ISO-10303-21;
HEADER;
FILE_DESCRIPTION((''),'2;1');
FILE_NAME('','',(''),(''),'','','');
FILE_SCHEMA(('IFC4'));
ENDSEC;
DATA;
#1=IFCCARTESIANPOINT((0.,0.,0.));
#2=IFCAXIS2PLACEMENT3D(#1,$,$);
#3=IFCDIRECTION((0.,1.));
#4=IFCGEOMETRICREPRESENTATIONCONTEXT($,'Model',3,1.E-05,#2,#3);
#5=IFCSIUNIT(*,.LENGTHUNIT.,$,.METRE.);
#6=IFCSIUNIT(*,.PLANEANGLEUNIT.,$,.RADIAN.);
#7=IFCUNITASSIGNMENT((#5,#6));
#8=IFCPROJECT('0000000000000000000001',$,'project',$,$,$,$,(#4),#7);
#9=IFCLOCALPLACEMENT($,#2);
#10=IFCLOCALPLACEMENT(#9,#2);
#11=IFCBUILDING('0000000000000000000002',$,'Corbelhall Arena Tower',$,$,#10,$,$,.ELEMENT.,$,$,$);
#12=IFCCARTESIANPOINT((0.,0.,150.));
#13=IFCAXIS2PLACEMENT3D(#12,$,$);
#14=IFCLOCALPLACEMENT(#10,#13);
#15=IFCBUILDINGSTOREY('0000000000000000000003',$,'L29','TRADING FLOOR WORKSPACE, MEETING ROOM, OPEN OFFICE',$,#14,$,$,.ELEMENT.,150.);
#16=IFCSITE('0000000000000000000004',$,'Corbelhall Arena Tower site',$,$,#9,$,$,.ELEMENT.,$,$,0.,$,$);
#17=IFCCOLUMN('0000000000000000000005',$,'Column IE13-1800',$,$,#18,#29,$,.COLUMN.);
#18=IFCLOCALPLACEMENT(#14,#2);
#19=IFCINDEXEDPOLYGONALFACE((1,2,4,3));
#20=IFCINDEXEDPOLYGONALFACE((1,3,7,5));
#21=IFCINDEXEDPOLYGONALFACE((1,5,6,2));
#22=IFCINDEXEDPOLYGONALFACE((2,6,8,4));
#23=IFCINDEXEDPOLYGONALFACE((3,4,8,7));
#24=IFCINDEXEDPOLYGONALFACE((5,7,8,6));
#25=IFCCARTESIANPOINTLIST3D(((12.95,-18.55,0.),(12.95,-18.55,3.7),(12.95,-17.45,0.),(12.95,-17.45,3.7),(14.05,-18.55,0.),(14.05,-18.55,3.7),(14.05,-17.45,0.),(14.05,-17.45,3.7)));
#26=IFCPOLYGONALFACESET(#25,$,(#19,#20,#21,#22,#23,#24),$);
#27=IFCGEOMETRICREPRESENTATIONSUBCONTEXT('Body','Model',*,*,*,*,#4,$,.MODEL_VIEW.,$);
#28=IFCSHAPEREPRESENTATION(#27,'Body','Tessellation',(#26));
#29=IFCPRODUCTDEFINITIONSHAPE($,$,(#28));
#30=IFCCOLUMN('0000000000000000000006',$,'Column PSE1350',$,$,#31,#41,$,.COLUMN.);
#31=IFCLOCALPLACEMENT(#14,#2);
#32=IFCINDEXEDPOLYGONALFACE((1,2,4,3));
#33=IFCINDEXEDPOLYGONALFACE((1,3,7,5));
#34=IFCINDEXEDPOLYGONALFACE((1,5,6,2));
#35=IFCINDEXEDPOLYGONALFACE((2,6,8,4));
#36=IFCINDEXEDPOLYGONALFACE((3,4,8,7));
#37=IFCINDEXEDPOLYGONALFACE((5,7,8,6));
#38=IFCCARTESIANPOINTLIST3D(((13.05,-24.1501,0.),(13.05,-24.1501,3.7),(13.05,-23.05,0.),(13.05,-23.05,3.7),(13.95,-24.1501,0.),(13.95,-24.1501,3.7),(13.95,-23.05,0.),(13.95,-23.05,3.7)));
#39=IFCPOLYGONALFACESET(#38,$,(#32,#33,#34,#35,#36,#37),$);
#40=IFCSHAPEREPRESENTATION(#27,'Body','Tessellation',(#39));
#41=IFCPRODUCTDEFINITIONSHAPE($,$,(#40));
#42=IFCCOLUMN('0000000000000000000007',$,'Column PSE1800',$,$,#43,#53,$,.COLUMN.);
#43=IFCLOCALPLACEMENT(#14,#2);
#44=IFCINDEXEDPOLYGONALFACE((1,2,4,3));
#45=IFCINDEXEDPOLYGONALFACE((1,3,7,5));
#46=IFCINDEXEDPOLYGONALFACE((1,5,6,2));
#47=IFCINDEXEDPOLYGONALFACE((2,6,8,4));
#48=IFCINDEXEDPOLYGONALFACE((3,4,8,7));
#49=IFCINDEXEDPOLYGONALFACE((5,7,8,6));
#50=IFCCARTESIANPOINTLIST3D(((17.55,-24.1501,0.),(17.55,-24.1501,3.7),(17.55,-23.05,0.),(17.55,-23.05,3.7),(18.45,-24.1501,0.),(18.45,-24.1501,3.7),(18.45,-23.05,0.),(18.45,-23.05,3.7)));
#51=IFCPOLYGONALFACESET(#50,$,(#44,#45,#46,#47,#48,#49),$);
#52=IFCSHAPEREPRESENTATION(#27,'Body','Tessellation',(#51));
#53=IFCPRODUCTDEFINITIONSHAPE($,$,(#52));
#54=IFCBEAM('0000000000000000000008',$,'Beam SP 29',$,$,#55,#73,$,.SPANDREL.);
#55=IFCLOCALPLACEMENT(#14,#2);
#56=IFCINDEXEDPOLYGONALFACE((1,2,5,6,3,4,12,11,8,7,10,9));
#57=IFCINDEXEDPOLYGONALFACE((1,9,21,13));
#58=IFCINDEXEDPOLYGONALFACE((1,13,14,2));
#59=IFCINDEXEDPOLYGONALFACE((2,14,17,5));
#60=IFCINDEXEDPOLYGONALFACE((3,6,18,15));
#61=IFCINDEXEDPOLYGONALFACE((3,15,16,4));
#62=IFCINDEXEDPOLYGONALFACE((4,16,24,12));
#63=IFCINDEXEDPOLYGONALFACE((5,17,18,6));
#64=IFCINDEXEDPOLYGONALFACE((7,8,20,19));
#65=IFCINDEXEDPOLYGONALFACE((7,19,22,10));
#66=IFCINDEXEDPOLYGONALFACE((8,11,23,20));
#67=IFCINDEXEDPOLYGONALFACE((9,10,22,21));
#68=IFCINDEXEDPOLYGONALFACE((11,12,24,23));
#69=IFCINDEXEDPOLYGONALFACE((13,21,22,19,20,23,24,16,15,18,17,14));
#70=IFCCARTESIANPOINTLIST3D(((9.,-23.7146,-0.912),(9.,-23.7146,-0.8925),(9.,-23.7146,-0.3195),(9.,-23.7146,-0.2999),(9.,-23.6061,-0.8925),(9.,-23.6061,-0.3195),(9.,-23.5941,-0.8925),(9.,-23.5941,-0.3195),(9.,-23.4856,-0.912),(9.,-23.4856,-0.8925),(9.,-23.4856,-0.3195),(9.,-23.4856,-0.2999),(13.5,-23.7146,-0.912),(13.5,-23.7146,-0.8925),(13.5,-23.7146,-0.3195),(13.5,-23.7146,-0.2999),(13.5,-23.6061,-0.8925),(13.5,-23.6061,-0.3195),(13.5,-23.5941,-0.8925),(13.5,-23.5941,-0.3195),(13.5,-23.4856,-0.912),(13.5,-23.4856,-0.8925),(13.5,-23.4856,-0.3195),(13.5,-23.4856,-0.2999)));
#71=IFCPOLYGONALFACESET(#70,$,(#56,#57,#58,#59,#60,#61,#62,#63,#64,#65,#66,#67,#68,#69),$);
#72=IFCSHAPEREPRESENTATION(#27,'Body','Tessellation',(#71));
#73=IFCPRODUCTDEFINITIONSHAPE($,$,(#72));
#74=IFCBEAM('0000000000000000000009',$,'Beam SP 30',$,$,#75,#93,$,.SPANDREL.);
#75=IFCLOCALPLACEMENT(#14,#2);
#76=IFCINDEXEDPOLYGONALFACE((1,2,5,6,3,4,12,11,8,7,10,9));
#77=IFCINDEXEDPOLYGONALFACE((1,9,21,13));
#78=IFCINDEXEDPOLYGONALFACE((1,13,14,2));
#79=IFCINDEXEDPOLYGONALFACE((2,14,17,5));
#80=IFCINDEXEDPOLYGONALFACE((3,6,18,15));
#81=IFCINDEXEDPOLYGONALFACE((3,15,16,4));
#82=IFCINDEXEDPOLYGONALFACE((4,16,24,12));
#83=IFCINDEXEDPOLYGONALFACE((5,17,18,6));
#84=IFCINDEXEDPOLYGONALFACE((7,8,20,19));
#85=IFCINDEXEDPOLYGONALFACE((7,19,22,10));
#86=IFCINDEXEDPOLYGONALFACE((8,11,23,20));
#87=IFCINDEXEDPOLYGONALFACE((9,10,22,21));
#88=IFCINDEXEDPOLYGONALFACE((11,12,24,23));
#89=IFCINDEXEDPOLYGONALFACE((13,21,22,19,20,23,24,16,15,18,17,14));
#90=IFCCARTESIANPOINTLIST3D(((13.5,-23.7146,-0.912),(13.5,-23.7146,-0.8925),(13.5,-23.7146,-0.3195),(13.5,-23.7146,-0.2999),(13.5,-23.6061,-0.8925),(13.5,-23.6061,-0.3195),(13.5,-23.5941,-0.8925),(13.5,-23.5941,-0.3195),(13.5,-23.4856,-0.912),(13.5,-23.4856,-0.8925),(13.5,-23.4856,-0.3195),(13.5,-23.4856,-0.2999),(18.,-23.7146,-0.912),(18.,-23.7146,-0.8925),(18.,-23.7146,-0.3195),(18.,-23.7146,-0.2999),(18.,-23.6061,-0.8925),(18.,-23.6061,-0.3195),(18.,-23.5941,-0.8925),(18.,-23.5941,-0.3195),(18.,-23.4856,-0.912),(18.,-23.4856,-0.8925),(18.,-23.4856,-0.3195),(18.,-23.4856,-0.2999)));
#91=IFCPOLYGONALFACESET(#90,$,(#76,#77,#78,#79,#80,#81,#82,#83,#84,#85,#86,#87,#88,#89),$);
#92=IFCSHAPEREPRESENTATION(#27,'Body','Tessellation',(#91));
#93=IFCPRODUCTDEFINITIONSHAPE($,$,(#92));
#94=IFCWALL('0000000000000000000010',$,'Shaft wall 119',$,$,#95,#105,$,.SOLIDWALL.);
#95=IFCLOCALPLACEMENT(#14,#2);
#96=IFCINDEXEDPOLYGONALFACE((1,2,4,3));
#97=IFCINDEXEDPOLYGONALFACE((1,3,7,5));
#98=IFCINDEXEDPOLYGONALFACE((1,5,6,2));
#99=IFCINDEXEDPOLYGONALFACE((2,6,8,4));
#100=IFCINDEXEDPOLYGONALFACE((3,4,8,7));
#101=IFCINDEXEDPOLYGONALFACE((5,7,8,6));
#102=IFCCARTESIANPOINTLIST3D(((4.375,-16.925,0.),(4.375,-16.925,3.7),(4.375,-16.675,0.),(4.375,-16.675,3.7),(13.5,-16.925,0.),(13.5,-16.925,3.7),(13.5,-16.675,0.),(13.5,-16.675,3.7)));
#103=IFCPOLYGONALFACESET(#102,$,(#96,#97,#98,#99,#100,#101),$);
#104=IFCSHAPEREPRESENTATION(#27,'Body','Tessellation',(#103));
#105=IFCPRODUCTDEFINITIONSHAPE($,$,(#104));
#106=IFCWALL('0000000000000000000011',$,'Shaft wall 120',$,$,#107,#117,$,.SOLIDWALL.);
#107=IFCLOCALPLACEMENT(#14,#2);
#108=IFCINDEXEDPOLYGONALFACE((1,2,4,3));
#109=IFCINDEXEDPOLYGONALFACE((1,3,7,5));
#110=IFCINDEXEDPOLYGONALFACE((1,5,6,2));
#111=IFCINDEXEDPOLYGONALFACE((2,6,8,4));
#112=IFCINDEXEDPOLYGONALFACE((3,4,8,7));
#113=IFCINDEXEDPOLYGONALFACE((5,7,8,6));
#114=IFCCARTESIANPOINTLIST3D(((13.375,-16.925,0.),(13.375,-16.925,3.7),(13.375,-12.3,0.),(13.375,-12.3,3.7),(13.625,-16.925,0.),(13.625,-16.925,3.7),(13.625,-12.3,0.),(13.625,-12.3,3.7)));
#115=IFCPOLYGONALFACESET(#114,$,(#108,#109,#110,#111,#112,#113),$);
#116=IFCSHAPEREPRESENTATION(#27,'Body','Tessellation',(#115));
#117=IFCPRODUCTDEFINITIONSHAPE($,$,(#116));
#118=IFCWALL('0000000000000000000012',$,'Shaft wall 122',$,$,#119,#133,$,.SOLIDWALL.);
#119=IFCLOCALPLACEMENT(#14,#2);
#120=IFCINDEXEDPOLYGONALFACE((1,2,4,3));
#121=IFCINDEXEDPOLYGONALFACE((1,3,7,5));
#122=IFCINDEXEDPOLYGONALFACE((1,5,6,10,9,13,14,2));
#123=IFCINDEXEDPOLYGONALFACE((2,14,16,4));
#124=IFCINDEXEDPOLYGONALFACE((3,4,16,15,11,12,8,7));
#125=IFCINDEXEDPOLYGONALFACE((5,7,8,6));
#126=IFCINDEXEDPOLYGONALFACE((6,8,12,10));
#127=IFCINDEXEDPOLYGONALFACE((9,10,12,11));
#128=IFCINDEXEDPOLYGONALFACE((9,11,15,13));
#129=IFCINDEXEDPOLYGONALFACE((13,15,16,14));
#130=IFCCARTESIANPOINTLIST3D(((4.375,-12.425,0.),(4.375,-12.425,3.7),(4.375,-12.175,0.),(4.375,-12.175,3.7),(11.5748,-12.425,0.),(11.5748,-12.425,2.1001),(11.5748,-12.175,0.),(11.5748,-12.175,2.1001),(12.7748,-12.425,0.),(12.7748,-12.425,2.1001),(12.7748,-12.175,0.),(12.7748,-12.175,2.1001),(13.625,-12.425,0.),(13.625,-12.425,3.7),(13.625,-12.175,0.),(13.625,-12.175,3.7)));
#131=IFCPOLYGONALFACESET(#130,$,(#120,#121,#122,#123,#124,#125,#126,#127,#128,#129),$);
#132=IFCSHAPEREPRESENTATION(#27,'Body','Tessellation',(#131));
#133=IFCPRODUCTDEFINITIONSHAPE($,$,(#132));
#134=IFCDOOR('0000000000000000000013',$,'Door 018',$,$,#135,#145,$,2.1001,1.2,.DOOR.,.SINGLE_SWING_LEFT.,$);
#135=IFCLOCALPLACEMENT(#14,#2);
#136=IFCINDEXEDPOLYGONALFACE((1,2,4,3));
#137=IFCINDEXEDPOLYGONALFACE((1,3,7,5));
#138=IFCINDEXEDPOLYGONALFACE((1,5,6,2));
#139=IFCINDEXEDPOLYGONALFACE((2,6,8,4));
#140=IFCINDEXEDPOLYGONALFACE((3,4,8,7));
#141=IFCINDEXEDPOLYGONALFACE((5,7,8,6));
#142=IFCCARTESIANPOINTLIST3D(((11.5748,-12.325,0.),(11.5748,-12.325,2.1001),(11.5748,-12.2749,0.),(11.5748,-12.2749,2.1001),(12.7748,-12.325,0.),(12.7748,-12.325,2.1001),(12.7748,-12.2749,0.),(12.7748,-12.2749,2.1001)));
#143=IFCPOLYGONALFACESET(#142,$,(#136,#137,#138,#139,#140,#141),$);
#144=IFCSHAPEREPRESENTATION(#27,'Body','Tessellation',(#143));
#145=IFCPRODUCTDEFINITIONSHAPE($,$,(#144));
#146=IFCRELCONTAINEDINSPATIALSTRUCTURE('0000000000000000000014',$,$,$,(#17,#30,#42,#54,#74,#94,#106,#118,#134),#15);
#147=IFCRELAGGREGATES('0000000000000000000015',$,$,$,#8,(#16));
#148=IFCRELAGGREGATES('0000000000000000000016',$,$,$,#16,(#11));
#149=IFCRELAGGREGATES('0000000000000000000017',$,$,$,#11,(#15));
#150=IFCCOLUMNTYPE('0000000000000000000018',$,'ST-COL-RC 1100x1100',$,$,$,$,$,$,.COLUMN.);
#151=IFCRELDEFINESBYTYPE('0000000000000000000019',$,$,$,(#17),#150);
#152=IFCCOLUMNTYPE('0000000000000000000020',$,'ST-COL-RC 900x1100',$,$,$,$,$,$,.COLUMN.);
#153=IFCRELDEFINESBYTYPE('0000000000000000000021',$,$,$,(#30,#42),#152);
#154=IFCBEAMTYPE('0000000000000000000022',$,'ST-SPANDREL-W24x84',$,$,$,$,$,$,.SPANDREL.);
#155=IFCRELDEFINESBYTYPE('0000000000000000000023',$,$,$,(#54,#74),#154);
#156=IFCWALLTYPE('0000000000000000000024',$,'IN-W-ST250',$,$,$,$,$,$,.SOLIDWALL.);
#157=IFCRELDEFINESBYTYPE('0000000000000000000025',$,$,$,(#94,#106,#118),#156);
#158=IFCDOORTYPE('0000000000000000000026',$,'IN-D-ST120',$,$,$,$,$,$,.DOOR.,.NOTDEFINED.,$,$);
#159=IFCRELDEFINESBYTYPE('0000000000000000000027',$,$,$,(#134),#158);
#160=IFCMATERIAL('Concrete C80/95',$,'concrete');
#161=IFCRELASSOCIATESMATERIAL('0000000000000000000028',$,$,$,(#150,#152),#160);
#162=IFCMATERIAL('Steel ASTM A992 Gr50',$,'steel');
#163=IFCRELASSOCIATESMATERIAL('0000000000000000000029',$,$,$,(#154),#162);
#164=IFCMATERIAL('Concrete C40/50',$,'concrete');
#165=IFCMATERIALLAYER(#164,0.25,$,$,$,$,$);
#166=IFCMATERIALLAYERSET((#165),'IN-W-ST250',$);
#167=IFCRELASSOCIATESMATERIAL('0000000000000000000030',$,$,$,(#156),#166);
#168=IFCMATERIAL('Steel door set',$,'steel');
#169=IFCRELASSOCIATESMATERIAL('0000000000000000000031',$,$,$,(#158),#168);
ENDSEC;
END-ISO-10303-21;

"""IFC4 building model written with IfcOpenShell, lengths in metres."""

from ifc_helpers import new_model, si_unit, direction, frame, frame_2d, origin, origin_2d, place, context, subcontext, project, spatial, rectangle, i_section, extrude, material, layer, layer_set, material_profile, profile_set, type_object, element, fill, save


model = new_model("IFC4")

# Units and contexts
model_context = context("Model", 3, precision=1e-05, world=origin(), true_north=direction((0.0, 1.0)))
body_context = subcontext(model_context, "Body", "Model", "MODEL_VIEW")
ifc_project = project(units=[si_unit("LENGTHUNIT", "METRE"), si_unit("PLANEANGLEUNIT", "RADIAN")], contexts=[model_context])

# Site, building, storey
site_placement = place(None, origin())
site = spatial("IfcSite", under=ifc_project, at=site_placement, Name="Corbelhall Arena Tower site", CompositionType="ELEMENT", RefElevation=0.0)
building_placement = place(site_placement, origin())
building = spatial("IfcBuilding", under=site, at=building_placement, Name="Corbelhall Arena Tower", CompositionType="ELEMENT")
storey_placement = place(building_placement, frame((0.0, 0.0, 150.0)))
storey = spatial("IfcBuildingStorey", under=building, at=storey_placement, Name="L29", Description="TRADING FLOOR WORKSPACE, MEETING ROOM, OPEN OFFICE", CompositionType="ELEMENT", Elevation=150.0)

# Columns
ifc_material_1 = material(Name="Concrete C80/95", Category="concrete")
ifc_material_profile_1 = material_profile(ifc_material_1, rectangle(XDim=1.1001, YDim=1.1001, at=origin_2d()))
ifc_profile_set_1 = profile_set([ifc_material_profile_1], Name="Concrete C80/95")
column_type_1 = type_object("IfcColumnType", Name="ST-COL-RC 1100x1100", PredefinedType="COLUMN", material=ifc_profile_set_1)
column_placement = place(storey_placement, frame((13.5, -18.0, 0.0), z_axis=(0.0, 0.0, 1.0), x_axis=(1.0, 0.0, 0.0)))
element("IfcColumn", 1, at=column_placement, inside=storey, type_object=column_type_1, Name="Column IE13-1800", PredefinedType="COLUMN", context=body_context, shape_type="SweptSolid", body=[
    extrude(rectangle(XDim=1.1001, YDim=1.1001, at=origin_2d()), origin(), (0.0, 0.0, 1.0), 3.7),
])
ifc_material_profile_2 = material_profile(ifc_material_1, rectangle(XDim=0.8999, YDim=1.1001, at=origin_2d()))
ifc_profile_set_2 = profile_set([ifc_material_profile_2], Name="Concrete C80/95")
column_type_2 = type_object("IfcColumnType", Name="ST-COL-RC 900x1100", PredefinedType="COLUMN", material=ifc_profile_set_2)
for number, where, z_axis, x_axis, name in (
    (2, (13.5, -23.6001, 0.0), (0.0, 0.0, 1.0), (1.0, 0.0, 0.0), "Column PSE1350"),
    (3, (18.0, -23.6001, 0.0), (0.0, 0.0, 1.0), (1.0, 0.0, 0.0), "Column PSE1800"),
):
    element("IfcColumn", number, at=place(storey_placement, frame(where, z_axis=z_axis, x_axis=x_axis)), inside=storey, type_object=column_type_2, Name=name, PredefinedType="COLUMN", context=body_context, shape_type="SweptSolid", body=[
        extrude(rectangle(XDim=0.8999, YDim=1.1001, at=origin_2d()), origin(), (0.0, 0.0, 1.0), 3.7),
    ])

# Beams
ifc_material_2 = material(Name="Steel ASTM A992 Gr50", Category="steel")
ifc_material_profile_3 = material_profile(ifc_material_2, i_section(OverallWidth=0.229, OverallDepth=0.6121, WebThickness=0.012, FlangeThickness=0.0195, at=origin_2d()))
ifc_profile_set_3 = profile_set([ifc_material_profile_3], Name="Steel ASTM A992 Gr50")
beam_type = type_object("IfcBeamType", Name="ST-SPANDREL-W24x84", PredefinedType="SPANDREL", material=ifc_profile_set_3)
for number, where, z_axis, x_axis, name in (
    (4, (13.5, -23.6001, -0.606), (-1.0, 0.0, 0.0), (0.0, -1.0, 0.0), "Beam SP 29"),
    (5, (18.0, -23.6001, -0.606), (-1.0, 0.0, 0.0), (0.0, -1.0, 0.0), "Beam SP 30"),
):
    element("IfcBeam", number, at=place(storey_placement, frame(where, z_axis=z_axis, x_axis=x_axis)), inside=storey, type_object=beam_type, Name=name, PredefinedType="SPANDREL", context=body_context, shape_type="SweptSolid", body=[
        extrude(i_section(OverallWidth=0.229, OverallDepth=0.6121, WebThickness=0.012, FlangeThickness=0.0195, at=origin_2d()), origin(), (0.0, 0.0, 1.0), 4.5),
    ])

# Shared definitions
ifc_material_3 = material(Name="Steel door set", Category="steel")

# Walls
ifc_material_4 = material(Name="Concrete C40/50", Category="concrete")
ifc_layer_1 = layer(ifc_material_4, 0.25)
ifc_layer_set_1 = layer_set([ifc_layer_1], Name="IN-W-ST250")
wall_type_1 = type_object("IfcWallType", Name="IN-W-ST250", PredefinedType="SOLIDWALL", material=ifc_layer_set_1)
wall_1_placement = place(storey_placement, frame((13.5, -16.8, 0.0), z_axis=(0.0, 0.0, 1.0), x_axis=(-1.0, 0.0, 0.0)))
element("IfcWall", 6, at=wall_1_placement, inside=storey, type_object=wall_type_1, Name="Shaft wall 119", PredefinedType="SOLIDWALL", context=body_context, shape_type="SweptSolid", body=[
    extrude(rectangle(XDim=9.125, YDim=0.25, at=frame_2d((4.5625, 0.0))), origin(), (0.0, 0.0, 1.0), 3.7),
])
wall_2_placement = place(storey_placement, frame((13.5, -12.3, 0.0), z_axis=(0.0, 0.0, 1.0), x_axis=(0.0, -1.0, 0.0)))
element("IfcWall", 7, at=wall_2_placement, inside=storey, type_object=wall_type_1, Name="Shaft wall 120", PredefinedType="SOLIDWALL", context=body_context, shape_type="SweptSolid", body=[
    extrude(rectangle(XDim=4.625, YDim=0.25, at=frame_2d((2.3125, 0.0))), origin(), (0.0, 0.0, 1.0), 3.7),
])

# Wall, opening, door
wall_3_placement = place(storey_placement, frame((13.625, -12.3, 0.0), z_axis=(0.0, 0.0, 1.0), x_axis=(-1.0, 0.0, 0.0)))
wall_3 = element("IfcWall", 8, at=wall_3_placement, inside=storey, type_object=wall_type_1, Name="Shaft wall 122", PredefinedType="SOLIDWALL", context=body_context, shape_type="SweptSolid", body=[
    extrude(rectangle(XDim=9.25, YDim=0.25, at=frame_2d((4.625, 0.0))), origin(), (0.0, 0.0, 1.0), 3.7),
])
opening_1_placement = place(wall_3_placement, frame((0.8501, 0.0, 0.0)))
opening_1 = element("IfcOpeningElement", 9, at=opening_1_placement, cuts=wall_3, PredefinedType="OPENING", context=body_context, shape_type="SweptSolid", body=[
    extrude(rectangle(XDim=1.2, YDim=2.1001, at=frame_2d((0.6001, 1.05))), frame((0.0, 0.125, 0.0), z_axis=(0.0, -1.0, 0.0), x_axis=(1.0, 0.0, 0.0)), (0.0, 0.0, 1.0), 0.25),
])
door_type_1 = type_object("IfcDoorType", Name="IN-D-ST120", OperationType="NOTDEFINED", PredefinedType="DOOR", material=ifc_material_3)
door_1_placement = place(opening_1_placement, origin())
door_1 = element("IfcDoor", 10, at=door_1_placement, inside=storey, type_object=door_type_1, Name="Door 018", OperationType="SINGLE_SWING_LEFT", OverallHeight=2.1001, OverallWidth=1.2, PredefinedType="DOOR", context=body_context, shape_type="SweptSolid", body=[
    extrude(rectangle(XDim=1.2, YDim=2.1001, at=frame_2d((0.6001, 1.05))), frame((0.0, 0.0249, 0.0), z_axis=(0.0, -1.0, 0.0), x_axis=(1.0, 0.0, 0.0)), (0.0, 0.0, 1.0), 0.05),
])
fill(opening_1, door_1)

save(model, "model.ifc")
